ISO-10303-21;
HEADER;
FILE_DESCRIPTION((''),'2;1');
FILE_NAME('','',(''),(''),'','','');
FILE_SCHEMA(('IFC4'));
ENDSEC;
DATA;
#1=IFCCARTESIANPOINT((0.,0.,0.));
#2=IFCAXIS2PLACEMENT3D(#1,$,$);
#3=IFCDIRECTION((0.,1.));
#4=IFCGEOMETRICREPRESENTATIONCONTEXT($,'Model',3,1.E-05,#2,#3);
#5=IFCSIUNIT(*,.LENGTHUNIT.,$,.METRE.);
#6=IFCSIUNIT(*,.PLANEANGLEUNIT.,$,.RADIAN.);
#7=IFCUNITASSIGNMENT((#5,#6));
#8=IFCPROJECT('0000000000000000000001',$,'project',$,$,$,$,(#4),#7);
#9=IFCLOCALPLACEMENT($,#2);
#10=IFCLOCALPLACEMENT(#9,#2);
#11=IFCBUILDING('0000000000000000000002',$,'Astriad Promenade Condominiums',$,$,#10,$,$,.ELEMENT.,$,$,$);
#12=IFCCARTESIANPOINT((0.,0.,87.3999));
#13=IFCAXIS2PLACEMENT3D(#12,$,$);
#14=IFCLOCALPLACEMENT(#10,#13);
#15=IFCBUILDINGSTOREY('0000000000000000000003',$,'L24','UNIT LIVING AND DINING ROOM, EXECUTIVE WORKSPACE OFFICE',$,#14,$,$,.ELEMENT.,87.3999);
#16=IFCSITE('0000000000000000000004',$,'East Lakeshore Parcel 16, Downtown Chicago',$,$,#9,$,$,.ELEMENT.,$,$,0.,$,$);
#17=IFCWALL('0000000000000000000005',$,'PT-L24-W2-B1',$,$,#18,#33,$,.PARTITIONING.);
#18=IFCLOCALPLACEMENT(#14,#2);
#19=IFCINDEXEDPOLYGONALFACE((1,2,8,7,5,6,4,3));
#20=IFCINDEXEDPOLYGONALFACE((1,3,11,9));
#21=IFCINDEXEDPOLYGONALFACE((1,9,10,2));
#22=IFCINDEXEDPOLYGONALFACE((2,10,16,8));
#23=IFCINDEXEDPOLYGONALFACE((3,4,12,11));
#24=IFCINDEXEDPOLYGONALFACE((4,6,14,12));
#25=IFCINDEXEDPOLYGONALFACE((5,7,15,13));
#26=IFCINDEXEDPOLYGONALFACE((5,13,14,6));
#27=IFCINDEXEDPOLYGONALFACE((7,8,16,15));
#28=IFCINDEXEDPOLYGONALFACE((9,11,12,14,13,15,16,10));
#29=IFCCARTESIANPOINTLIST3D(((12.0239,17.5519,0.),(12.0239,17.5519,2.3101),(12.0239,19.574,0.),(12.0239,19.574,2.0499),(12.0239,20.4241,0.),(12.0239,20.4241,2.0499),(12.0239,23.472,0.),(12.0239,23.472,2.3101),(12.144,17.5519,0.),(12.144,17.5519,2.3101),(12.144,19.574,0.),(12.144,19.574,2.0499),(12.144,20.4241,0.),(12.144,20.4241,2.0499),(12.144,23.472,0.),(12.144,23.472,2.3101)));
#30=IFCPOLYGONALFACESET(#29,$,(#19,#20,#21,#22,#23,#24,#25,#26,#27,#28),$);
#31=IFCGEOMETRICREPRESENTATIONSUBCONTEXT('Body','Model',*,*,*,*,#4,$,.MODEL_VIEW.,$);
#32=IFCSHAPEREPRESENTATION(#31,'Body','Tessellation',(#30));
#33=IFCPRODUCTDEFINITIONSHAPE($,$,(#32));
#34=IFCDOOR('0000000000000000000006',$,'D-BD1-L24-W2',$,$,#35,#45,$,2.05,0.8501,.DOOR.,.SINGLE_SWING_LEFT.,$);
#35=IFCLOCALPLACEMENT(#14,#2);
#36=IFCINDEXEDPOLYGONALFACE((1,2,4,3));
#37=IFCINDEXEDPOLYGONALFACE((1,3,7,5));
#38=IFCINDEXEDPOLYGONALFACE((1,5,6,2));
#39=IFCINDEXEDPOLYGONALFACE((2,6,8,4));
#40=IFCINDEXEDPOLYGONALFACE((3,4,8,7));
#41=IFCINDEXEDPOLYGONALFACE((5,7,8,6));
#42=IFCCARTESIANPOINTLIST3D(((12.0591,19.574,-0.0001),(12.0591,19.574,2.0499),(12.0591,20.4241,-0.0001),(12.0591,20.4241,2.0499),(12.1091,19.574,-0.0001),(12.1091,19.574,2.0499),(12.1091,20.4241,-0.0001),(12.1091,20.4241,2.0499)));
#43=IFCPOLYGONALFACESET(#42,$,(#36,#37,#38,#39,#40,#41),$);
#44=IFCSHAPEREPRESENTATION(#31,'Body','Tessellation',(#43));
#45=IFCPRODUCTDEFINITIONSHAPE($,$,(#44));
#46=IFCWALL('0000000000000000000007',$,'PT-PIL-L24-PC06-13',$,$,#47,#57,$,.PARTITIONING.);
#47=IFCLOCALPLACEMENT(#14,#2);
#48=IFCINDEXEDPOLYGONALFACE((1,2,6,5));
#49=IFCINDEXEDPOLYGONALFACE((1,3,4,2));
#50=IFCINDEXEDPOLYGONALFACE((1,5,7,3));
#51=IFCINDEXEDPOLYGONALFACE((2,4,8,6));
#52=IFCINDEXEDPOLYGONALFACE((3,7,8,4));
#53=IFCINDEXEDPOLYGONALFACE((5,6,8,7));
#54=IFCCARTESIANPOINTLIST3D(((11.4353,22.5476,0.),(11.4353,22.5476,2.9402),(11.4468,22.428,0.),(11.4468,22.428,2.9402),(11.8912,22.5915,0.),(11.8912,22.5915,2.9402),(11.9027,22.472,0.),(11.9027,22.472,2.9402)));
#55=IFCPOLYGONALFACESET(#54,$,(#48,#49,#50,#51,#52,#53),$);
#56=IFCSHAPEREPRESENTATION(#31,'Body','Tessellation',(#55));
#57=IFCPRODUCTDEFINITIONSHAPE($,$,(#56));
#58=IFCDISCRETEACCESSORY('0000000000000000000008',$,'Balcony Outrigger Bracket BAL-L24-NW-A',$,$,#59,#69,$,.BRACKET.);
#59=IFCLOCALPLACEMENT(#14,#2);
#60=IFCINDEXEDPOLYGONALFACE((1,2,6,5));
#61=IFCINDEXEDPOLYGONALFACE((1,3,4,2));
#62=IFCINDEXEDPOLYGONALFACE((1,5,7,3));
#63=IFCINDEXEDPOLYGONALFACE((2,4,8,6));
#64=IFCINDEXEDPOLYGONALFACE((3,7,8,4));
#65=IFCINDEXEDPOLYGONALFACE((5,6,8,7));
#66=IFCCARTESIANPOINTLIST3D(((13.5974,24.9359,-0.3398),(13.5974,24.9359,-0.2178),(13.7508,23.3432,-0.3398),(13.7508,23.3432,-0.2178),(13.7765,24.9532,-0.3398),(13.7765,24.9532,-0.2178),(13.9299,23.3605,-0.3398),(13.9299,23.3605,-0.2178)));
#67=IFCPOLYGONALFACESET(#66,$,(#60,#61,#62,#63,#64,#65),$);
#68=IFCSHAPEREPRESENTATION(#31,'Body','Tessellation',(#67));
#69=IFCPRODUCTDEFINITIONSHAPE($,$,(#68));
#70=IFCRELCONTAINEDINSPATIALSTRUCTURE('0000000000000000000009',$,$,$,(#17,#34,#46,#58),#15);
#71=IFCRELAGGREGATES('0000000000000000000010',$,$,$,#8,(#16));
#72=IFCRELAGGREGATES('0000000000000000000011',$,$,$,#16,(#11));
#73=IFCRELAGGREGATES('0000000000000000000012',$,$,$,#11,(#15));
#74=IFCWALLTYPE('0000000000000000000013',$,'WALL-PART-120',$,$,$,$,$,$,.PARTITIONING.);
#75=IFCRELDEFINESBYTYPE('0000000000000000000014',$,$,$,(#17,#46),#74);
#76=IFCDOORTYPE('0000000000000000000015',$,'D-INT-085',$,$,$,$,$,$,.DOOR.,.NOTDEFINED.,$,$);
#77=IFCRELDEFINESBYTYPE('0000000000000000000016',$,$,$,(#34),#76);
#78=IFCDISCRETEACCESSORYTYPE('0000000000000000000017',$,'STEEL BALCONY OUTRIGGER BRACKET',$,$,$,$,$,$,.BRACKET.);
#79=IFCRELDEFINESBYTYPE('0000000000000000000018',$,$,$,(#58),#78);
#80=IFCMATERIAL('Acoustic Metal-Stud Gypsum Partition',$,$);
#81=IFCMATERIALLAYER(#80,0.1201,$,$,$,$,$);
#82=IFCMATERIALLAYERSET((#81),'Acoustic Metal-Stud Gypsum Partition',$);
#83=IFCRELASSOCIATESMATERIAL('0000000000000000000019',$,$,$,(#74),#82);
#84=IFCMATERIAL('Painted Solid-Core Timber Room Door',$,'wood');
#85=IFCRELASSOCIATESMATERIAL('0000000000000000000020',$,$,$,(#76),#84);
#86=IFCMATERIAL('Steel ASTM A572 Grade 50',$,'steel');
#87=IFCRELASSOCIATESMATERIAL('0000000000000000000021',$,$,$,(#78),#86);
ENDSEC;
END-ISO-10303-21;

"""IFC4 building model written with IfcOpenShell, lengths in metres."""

from ifc_helpers import new_model, si_unit, direction, frame, frame_2d, origin, origin_2d, place, context, subcontext, project, spatial, rectangle, extrude, source, transform, mapped, material, layer, layer_set, type_object, type_shapes, element, fill, save


model = new_model("IFC4")

# Units and contexts
model_context = context("Model", 3, precision=1e-05, world=origin(), true_north=direction((0.0, 1.0)))
body_context = subcontext(model_context, "Body", "Model", "MODEL_VIEW")
ifc_project = project(units=[si_unit("LENGTHUNIT", "METRE"), si_unit("PLANEANGLEUNIT", "RADIAN")], contexts=[model_context])

# Site, building, storey
site_placement = place(None, origin())
site = spatial("IfcSite", under=ifc_project, at=site_placement, Name="East Lakeshore Parcel 16, Downtown Chicago", CompositionType="ELEMENT", RefElevation=0.0)
building_placement = place(site_placement, origin())
building = spatial("IfcBuilding", under=site, at=building_placement, Name="Astriad Promenade Condominiums", CompositionType="ELEMENT")
storey_placement = place(building_placement, frame((0.0, 0.0, 87.3999)))
storey = spatial("IfcBuildingStorey", under=building, at=storey_placement, Name="L24", Description="UNIT LIVING AND DINING ROOM, EXECUTIVE WORKSPACE OFFICE", CompositionType="ELEMENT", Elevation=87.3999)

# Shared definitions
ifc_material_1 = material(Name="Acoustic Metal-Stud Gypsum Partition")
ifc_layer_1 = layer(ifc_material_1, 0.1201)
ifc_layer_set_1 = layer_set([ifc_layer_1], Name="Acoustic Metal-Stud Gypsum Partition")
wall_type_1 = type_object("IfcWallType", Name="WALL-PART-120", PredefinedType="PARTITIONING", material=ifc_layer_set_1)
ifc_material_2 = material(Name="Painted Solid-Core Timber Room Door", Category="wood")
door_type_1 = type_object("IfcDoorType", Name="D-INT-085", OperationType="NOTDEFINED", PredefinedType="DOOR", material=ifc_material_2)
shared_shape_1 = source(origin(), body_context, "Body", "SweptSolid", [
    extrude(rectangle(XDim=0.8501, YDim=2.05, at=frame_2d((0.425, 1.0249))), frame((0.0, 0.0249, 0.0), z_axis=(0.0, -1.0, 0.0), x_axis=(1.0, 0.0, 0.0)), (0.0, 0.0, 1.0), 0.05),
])
type_shapes(door_type_1, [shared_shape_1])

# Wall, opening, door
wall_1_placement = place(storey_placement, frame((12.084, 17.552, 0.0), z_axis=(0.0, 0.0, 1.0), x_axis=(0.0, 1.0, 0.0)))
wall_1 = element("IfcWall", 1, at=wall_1_placement, inside=storey, type_object=wall_type_1, Name="PT-L24-W2-B1", PredefinedType="PARTITIONING", context=body_context, shape_type="SweptSolid", body=[
    extrude(rectangle(XDim=5.9202, YDim=0.1201, at=frame_2d((2.96, 0.0))), origin(), (0.0, 0.0, 1.0), 2.3101),
])
opening_1_placement = place(wall_1_placement, frame((2.022, 0.0, 0.0)))
opening_1 = element("IfcOpeningElement", 2, at=opening_1_placement, cuts=wall_1, PredefinedType="OPENING", context=body_context, shape_type="SweptSolid", body=[
    extrude(rectangle(XDim=0.8501, YDim=2.05, at=frame_2d((0.425, 1.0249))), frame((0.0, 0.0701, 0.0), z_axis=(0.0, -1.0, 0.0), x_axis=(1.0, 0.0, 0.0)), (0.0, 0.0, 1.0), 0.1401),
])
door_1_placement = place(opening_1_placement, origin())
door_1 = element("IfcDoor", 3, at=door_1_placement, inside=storey, type_object=door_type_1, Name="D-BD1-L24-W2", OperationType="SINGLE_SWING_LEFT", OverallHeight=2.05, OverallWidth=0.8501, PredefinedType="DOOR", context=body_context, shape_type="MappedRepresentation", body=[
    mapped(shared_shape_1, transform((0.0, 0.0, 0.0), scale=1.0)),
])
fill(opening_1, door_1)

# Wall
wall_2_placement = place(storey_placement, frame((11.897, 22.5317, 0.0), z_axis=(0.0, 0.0, 1.0), x_axis=(-0.995385, -0.095966, 0.0)))
element("IfcWall", 4, at=wall_2_placement, inside=storey, type_object=wall_type_1, Name="PT-PIL-L24-PC06-13", PredefinedType="PARTITIONING", context=body_context, shape_type="SweptSolid", body=[
    extrude(rectangle(XDim=0.458, YDim=0.1201, at=frame_2d((0.229, 0.0))), origin(), (0.0, 0.0, 1.0), 2.9402),
])

# Discrete accessory
ifc_material_3 = material(Name="Steel ASTM A572 Grade 50", Category="steel")
discrete_accessory_type = type_object("IfcDiscreteAccessoryType", Name="STEEL BALCONY OUTRIGGER BRACKET", PredefinedType="BRACKET", material=ifc_material_3)
shared_shape_2 = source(origin(), body_context, "Body", "SweptSolid", [
    extrude(rectangle(XDim=1.6001, YDim=0.1799, at=origin_2d()), origin(), (0.0, 0.0, 1.0), 0.1221),
])
type_shapes(discrete_accessory_type, [shared_shape_2])
discrete_accessory_placement = place(storey_placement, frame((13.7637, 24.1482, -0.3398), z_axis=(0.0, 0.0, 1.0), x_axis=(-0.095846, 0.995396, 0.0)))
element("IfcDiscreteAccessory", 5, at=discrete_accessory_placement, inside=storey, type_object=discrete_accessory_type, Name="Balcony Outrigger Bracket BAL-L24-NW-A", PredefinedType="BRACKET", context=body_context, shape_type="MappedRepresentation", body=[
    mapped(shared_shape_2, transform((0.0, 0.0, 0.0), scale=1.0)),
])

save(model, "model.ifc")
